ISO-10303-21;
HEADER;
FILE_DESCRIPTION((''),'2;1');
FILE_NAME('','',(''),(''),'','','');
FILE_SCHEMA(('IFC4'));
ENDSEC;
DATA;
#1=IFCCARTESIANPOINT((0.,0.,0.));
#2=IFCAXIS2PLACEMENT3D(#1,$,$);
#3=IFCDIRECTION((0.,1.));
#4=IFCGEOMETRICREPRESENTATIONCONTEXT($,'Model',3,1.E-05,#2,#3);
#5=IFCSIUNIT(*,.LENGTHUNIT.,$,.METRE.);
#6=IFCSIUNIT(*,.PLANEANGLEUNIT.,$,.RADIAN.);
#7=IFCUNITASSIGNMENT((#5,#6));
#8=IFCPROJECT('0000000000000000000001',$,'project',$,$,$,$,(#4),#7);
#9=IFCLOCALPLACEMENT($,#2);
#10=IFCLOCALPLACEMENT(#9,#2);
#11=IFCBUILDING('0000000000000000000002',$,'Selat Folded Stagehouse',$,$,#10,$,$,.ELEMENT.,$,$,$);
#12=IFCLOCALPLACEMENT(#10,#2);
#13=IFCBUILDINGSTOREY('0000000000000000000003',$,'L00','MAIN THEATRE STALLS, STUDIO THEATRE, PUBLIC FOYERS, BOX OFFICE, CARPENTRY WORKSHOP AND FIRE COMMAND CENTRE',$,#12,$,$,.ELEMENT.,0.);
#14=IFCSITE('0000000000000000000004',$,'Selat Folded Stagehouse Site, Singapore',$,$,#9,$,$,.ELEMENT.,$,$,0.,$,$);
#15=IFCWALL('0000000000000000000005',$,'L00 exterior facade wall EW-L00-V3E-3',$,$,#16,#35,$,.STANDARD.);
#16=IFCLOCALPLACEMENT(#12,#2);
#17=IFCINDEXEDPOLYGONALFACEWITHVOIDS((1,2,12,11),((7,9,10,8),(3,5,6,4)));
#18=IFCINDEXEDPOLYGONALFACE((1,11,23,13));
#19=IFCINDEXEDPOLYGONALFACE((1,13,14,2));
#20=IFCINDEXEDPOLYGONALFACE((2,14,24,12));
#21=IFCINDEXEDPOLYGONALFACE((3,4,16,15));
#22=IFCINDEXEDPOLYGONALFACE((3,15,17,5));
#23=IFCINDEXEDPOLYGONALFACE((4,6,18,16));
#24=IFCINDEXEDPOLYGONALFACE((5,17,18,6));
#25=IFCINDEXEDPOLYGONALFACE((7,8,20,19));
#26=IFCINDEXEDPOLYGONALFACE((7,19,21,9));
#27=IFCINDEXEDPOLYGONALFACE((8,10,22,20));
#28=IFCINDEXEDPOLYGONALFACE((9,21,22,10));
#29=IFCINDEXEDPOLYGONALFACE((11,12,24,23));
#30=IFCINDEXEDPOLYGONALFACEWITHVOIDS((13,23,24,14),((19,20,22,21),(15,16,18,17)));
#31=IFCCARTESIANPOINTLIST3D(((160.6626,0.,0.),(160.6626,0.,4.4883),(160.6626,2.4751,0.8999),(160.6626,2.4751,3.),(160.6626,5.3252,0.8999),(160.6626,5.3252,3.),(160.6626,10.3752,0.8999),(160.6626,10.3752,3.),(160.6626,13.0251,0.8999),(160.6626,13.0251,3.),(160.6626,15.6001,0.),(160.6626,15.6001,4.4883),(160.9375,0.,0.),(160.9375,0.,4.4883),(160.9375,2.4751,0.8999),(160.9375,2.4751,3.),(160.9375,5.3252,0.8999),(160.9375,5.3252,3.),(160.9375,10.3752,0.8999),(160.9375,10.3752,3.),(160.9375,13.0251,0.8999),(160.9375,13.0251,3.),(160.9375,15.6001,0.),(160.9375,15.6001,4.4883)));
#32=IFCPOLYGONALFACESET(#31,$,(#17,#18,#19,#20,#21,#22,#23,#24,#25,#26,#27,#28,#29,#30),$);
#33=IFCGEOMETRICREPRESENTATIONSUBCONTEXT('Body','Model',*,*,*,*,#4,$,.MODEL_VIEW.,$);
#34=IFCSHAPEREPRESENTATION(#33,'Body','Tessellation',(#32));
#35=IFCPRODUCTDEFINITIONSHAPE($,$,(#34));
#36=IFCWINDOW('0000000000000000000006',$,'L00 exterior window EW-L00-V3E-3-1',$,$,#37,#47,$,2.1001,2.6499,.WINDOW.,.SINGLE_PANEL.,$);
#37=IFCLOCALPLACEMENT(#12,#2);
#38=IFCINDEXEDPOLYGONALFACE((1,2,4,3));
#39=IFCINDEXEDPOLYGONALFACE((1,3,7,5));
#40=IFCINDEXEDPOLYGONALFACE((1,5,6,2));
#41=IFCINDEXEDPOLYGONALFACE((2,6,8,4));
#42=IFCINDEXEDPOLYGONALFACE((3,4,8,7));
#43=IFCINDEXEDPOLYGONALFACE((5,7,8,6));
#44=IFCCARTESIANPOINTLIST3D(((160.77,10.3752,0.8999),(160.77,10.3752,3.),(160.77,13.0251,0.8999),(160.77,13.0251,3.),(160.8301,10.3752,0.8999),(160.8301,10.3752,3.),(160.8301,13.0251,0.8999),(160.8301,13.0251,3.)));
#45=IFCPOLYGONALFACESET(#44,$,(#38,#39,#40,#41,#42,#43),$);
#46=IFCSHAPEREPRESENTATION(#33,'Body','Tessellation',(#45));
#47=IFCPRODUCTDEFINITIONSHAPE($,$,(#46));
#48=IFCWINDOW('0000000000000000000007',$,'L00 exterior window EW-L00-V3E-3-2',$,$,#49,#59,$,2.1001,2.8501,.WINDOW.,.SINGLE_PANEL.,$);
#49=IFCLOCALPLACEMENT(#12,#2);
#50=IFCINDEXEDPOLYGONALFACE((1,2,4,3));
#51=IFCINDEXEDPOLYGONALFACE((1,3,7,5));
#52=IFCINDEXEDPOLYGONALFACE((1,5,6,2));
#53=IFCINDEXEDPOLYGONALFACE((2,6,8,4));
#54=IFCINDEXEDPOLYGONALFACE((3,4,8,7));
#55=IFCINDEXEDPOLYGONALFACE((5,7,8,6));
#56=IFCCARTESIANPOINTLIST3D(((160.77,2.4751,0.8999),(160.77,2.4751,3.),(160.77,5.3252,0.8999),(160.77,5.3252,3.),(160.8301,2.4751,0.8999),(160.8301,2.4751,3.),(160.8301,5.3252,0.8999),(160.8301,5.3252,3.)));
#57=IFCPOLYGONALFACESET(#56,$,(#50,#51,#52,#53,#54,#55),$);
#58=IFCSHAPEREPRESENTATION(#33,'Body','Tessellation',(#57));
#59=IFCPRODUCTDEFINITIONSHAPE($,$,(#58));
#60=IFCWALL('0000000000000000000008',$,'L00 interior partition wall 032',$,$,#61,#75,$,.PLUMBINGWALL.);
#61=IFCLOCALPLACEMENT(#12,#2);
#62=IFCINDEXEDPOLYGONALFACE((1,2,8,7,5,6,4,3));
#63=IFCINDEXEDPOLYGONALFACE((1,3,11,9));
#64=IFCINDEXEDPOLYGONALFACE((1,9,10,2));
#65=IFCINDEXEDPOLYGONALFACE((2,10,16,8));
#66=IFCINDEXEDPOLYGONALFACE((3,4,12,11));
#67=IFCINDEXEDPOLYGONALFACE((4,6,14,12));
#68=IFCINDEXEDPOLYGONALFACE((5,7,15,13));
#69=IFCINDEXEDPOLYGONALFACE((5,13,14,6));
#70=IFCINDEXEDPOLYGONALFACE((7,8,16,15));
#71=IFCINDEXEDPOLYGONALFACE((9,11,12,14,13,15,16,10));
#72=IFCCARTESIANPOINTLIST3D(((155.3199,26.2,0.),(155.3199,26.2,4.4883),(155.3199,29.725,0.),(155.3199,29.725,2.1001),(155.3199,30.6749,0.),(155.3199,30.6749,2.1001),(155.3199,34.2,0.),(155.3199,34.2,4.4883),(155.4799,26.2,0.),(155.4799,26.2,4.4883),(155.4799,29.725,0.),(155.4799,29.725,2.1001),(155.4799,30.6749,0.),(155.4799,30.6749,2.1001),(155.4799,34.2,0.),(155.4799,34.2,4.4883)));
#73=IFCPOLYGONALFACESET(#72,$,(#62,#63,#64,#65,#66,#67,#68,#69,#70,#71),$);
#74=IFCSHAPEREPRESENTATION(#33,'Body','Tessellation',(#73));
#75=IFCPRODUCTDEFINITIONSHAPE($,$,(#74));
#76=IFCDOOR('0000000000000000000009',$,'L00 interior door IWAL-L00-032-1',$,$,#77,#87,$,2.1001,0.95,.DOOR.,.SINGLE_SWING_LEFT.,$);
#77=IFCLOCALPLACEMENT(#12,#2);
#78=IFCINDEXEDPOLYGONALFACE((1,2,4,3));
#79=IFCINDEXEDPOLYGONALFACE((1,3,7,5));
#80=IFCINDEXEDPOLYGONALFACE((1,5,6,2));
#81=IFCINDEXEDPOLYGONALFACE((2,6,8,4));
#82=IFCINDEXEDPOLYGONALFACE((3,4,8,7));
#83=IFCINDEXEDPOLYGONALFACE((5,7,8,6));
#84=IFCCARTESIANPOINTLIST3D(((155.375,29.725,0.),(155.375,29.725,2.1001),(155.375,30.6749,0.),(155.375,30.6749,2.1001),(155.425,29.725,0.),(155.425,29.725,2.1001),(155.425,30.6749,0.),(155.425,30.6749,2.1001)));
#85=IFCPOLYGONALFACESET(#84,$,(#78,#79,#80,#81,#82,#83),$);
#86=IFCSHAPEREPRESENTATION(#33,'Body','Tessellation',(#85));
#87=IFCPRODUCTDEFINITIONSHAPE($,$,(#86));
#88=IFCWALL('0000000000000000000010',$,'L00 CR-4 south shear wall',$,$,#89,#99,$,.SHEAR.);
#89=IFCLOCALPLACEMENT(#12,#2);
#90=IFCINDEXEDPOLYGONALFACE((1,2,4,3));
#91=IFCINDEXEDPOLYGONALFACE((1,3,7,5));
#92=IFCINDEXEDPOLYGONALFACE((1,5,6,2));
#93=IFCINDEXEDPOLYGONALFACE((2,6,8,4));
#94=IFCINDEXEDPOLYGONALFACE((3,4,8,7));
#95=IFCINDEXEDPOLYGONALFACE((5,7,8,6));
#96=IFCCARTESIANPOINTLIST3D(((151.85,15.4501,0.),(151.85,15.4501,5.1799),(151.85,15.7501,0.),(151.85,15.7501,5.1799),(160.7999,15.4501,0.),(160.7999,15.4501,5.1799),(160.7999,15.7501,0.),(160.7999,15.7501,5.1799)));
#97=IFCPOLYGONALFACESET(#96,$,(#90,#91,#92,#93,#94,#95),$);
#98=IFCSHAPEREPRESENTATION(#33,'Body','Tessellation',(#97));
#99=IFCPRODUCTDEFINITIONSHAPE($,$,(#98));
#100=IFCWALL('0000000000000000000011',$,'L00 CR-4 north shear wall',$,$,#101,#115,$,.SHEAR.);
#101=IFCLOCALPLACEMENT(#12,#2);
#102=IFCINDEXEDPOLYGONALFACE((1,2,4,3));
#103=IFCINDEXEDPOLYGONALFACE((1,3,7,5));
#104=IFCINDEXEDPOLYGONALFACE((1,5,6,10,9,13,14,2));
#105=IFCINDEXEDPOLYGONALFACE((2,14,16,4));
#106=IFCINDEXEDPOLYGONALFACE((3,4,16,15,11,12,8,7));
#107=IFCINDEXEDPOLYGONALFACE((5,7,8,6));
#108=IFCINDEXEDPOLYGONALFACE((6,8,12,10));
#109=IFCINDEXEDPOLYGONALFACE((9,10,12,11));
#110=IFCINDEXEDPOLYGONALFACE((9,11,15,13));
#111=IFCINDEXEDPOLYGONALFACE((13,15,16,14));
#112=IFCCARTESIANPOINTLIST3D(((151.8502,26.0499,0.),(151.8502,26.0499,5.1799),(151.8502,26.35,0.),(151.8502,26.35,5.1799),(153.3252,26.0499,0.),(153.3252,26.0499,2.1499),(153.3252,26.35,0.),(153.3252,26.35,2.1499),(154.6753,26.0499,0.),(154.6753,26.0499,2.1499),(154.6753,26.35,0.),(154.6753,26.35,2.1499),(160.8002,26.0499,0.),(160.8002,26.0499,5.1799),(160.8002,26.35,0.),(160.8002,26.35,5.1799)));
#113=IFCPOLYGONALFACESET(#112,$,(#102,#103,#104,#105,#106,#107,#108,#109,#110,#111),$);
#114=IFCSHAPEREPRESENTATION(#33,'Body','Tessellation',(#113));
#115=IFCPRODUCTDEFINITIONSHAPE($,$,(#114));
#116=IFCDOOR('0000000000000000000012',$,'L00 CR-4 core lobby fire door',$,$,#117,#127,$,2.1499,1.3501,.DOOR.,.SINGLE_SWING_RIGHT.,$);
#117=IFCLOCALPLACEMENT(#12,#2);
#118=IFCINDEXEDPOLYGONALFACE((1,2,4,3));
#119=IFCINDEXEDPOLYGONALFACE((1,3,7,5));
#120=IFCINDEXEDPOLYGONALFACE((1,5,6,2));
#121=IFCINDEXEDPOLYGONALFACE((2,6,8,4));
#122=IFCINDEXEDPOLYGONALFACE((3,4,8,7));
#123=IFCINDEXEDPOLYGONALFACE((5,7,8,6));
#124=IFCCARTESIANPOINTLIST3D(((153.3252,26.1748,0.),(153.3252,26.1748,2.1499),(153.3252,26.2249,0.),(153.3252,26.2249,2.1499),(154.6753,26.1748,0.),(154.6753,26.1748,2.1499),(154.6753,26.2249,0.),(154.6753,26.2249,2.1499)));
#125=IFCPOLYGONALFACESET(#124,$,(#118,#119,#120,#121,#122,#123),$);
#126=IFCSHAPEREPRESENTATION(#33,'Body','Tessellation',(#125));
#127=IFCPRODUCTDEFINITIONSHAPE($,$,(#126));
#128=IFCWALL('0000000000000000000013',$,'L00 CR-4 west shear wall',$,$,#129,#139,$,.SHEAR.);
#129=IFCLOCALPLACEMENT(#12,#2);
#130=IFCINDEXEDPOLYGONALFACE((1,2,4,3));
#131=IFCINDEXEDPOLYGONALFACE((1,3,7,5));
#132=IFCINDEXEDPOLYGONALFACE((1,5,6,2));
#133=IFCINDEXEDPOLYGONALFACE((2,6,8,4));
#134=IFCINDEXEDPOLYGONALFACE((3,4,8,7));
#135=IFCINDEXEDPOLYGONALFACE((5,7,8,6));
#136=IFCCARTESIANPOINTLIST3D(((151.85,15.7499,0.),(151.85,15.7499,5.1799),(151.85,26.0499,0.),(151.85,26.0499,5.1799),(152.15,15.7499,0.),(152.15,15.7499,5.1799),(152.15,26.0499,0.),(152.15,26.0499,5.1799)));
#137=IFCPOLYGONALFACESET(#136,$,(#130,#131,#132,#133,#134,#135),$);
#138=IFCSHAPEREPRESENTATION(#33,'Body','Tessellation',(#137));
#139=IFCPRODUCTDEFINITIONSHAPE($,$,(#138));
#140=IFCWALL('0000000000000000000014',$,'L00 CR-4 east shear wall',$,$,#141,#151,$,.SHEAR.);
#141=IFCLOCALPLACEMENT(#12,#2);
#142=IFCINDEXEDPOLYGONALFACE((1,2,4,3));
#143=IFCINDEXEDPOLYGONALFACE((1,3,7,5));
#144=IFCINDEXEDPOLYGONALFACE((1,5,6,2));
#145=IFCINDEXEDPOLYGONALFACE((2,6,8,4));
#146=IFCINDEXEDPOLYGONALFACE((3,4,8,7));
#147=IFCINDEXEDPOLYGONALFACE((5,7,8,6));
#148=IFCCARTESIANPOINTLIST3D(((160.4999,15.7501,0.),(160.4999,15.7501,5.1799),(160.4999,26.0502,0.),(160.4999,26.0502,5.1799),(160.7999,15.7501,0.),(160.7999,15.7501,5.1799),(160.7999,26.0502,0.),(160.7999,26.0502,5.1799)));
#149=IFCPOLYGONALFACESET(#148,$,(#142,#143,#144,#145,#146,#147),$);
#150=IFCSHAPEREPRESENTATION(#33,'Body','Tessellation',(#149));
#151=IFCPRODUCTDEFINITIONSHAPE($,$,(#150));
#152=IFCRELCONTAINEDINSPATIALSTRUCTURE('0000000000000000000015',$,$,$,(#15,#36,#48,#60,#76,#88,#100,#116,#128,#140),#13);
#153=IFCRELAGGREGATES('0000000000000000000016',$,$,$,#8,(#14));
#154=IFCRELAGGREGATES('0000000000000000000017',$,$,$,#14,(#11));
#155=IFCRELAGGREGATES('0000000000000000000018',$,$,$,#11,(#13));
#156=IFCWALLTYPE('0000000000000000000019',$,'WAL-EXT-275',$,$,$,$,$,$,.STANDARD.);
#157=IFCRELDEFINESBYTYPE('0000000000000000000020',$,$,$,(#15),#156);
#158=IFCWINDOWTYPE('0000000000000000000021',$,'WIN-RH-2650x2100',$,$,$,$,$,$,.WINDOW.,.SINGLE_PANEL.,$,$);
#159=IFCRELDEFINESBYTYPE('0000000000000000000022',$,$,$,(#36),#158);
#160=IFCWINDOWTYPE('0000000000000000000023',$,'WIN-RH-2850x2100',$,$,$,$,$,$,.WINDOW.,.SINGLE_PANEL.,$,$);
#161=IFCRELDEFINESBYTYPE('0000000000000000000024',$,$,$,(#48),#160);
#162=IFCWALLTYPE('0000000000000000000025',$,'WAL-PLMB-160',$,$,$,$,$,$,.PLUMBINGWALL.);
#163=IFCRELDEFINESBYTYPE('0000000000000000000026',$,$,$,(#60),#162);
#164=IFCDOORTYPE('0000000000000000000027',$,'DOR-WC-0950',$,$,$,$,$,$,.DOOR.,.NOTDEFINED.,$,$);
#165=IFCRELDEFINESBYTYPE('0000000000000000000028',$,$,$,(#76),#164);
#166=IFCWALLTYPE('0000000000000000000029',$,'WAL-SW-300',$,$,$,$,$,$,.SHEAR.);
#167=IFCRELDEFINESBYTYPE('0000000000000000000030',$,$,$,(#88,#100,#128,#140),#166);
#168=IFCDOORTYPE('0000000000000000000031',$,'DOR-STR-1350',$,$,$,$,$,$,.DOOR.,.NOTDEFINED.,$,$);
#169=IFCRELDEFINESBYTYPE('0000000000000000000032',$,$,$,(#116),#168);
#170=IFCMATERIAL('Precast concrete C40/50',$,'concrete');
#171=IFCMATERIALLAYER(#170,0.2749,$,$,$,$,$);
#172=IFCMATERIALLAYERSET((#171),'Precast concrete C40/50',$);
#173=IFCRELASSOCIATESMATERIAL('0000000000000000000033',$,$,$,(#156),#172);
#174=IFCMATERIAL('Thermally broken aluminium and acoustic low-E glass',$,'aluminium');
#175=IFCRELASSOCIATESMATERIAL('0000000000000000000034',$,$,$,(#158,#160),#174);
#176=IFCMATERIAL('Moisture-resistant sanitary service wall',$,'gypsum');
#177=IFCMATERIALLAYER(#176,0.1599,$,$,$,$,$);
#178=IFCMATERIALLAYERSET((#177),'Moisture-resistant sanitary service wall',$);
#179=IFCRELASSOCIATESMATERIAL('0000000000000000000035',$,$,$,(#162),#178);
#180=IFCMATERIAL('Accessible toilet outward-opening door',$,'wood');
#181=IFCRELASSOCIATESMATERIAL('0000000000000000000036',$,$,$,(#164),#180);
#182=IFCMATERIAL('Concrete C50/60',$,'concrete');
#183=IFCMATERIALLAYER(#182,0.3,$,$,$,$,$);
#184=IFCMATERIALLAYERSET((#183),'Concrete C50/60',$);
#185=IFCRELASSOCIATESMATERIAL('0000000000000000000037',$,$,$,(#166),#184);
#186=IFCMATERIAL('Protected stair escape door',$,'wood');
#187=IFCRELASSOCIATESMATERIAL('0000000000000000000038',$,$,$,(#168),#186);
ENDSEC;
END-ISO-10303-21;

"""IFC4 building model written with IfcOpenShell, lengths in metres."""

from ifc_helpers import new_model, si_unit, direction, frame, frame_2d, origin, place, context, subcontext, project, spatial, rectangle, extrude, material, layer, layer_set, type_object, element, fill, save


model = new_model("IFC4")

# Units and contexts
model_context = context("Model", 3, precision=1e-05, world=origin(), true_north=direction((0.0, 1.0)))
body_context = subcontext(model_context, "Body", "Model", "MODEL_VIEW")
ifc_project = project(units=[si_unit("LENGTHUNIT", "METRE"), si_unit("PLANEANGLEUNIT", "RADIAN")], contexts=[model_context])

# Site, building, storey
site_placement = place(None, origin())
site = spatial("IfcSite", under=ifc_project, at=site_placement, Name="Selat Folded Stagehouse Site, Singapore", CompositionType="ELEMENT", RefElevation=0.0)
building_placement = place(site_placement, origin())
building = spatial("IfcBuilding", under=site, at=building_placement, Name="Selat Folded Stagehouse", CompositionType="ELEMENT")
storey_placement = place(building_placement, origin())
storey = spatial("IfcBuildingStorey", under=building, at=storey_placement, Name="L00", Description="MAIN THEATRE STALLS, STUDIO THEATRE, PUBLIC FOYERS, BOX OFFICE, CARPENTRY WORKSHOP AND FIRE COMMAND CENTRE", CompositionType="ELEMENT", Elevation=0.0)

# Shared definitions
ifc_material_1 = material(Name="Concrete C50/60", Category="concrete")

# Wall, openings, windows
ifc_material_2 = material(Name="Precast concrete C40/50", Category="concrete")
ifc_layer_1 = layer(ifc_material_2, 0.2749)
ifc_layer_set_1 = layer_set([ifc_layer_1], Name="Precast concrete C40/50")
wall_type_1 = type_object("IfcWallType", Name="WAL-EXT-275", PredefinedType="STANDARD", material=ifc_layer_set_1)
wall_1_placement = place(storey_placement, frame((160.8, 15.6001, 0.0), z_axis=(0.0, 0.0, 1.0), x_axis=(0.0, -1.0, 0.0)))
wall_1 = element("IfcWall", 1, at=wall_1_placement, inside=storey, type_object=wall_type_1, Name="L00 exterior facade wall EW-L00-V3E-3", PredefinedType="STANDARD", context=body_context, shape_type="SweptSolid", body=[
    extrude(rectangle(XDim=15.6001, YDim=0.2749, at=frame_2d((7.8, 0.0))), origin(), (0.0, 0.0, 1.0), 4.4883),
])
opening_1_placement = place(wall_1_placement, frame((2.575, 0.0, 0.8999)))
opening_1 = element("IfcOpeningElement", 2, at=opening_1_placement, cuts=wall_1, PredefinedType="OPENING", context=body_context, shape_type="SweptSolid", body=[
    extrude(rectangle(XDim=2.6499, YDim=2.1001, at=frame_2d((1.325, 1.05))), frame((0.0, 0.1475, 0.0), z_axis=(0.0, -1.0, 0.0), x_axis=(1.0, 0.0, 0.0)), (0.0, 0.0, 1.0), 0.2949),
])
opening_2_placement = place(wall_1_placement, frame((10.2749, 0.0, 0.8999)))
opening_2 = element("IfcOpeningElement", 3, at=opening_2_placement, cuts=wall_1, PredefinedType="OPENING", context=body_context, shape_type="SweptSolid", body=[
    extrude(rectangle(XDim=2.8501, YDim=2.1001, at=frame_2d((1.425, 1.05))), frame((0.0, 0.1475, 0.0), z_axis=(0.0, -1.0, 0.0), x_axis=(1.0, 0.0, 0.0)), (0.0, 0.0, 1.0), 0.2949),
])
ifc_material_3 = material(Name="Thermally broken aluminium and acoustic low-E glass", Category="aluminium")
window_type_1 = type_object("IfcWindowType", Name="WIN-RH-2650x2100", PartitioningType="SINGLE_PANEL", PredefinedType="WINDOW", material=ifc_material_3)
window_1_placement = place(opening_1_placement, origin())
window_1 = element("IfcWindow", 4, at=window_1_placement, inside=storey, type_object=window_type_1, Name="L00 exterior window EW-L00-V3E-3-1", OverallHeight=2.1001, OverallWidth=2.6499, PartitioningType="SINGLE_PANEL", PredefinedType="WINDOW", context=body_context, shape_type="SweptSolid", body=[
    extrude(rectangle(XDim=2.6499, YDim=2.1001, at=frame_2d((1.325, 1.05))), frame((0.0, 0.03, 0.0), z_axis=(0.0, -1.0, 0.0), x_axis=(1.0, 0.0, 0.0)), (0.0, 0.0, 1.0), 0.0601),
])
fill(opening_1, window_1)
window_type_2 = type_object("IfcWindowType", Name="WIN-RH-2850x2100", PartitioningType="SINGLE_PANEL", PredefinedType="WINDOW", material=ifc_material_3)
window_2_placement = place(opening_2_placement, origin())
window_2 = element("IfcWindow", 5, at=window_2_placement, inside=storey, type_object=window_type_2, Name="L00 exterior window EW-L00-V3E-3-2", OverallHeight=2.1001, OverallWidth=2.8501, PartitioningType="SINGLE_PANEL", PredefinedType="WINDOW", context=body_context, shape_type="SweptSolid", body=[
    extrude(rectangle(XDim=2.8501, YDim=2.1001, at=frame_2d((1.425, 1.05))), frame((0.0, 0.03, 0.0), z_axis=(0.0, -1.0, 0.0), x_axis=(1.0, 0.0, 0.0)), (0.0, 0.0, 1.0), 0.0601),
])
fill(opening_2, window_2)

# Wall, opening, door
ifc_material_4 = material(Name="Moisture-resistant sanitary service wall", Category="gypsum")
ifc_layer_2 = layer(ifc_material_4, 0.1599)
ifc_layer_set_2 = layer_set([ifc_layer_2], Name="Moisture-resistant sanitary service wall")
wall_type_2 = type_object("IfcWallType", Name="WAL-PLMB-160", PredefinedType="PLUMBINGWALL", material=ifc_layer_set_2)
wall_2_placement = place(storey_placement, frame((155.3999, 26.2, 0.0), z_axis=(0.0, 0.0, 1.0), x_axis=(0.0, 1.0, 0.0)))
wall_2 = element("IfcWall", 6, at=wall_2_placement, inside=storey, type_object=wall_type_2, Name="L00 interior partition wall 032", PredefinedType="PLUMBINGWALL", context=body_context, shape_type="SweptSolid", body=[
    extrude(rectangle(XDim=8.0, YDim=0.1599, at=frame_2d((4.0, 0.0))), origin(), (0.0, 0.0, 1.0), 4.4883),
])
opening_3_placement = place(wall_2_placement, frame((3.5249, 0.0, 0.0)))
opening_3 = element("IfcOpeningElement", 7, at=opening_3_placement, cuts=wall_2, PredefinedType="OPENING", context=body_context, shape_type="SweptSolid", body=[
    extrude(rectangle(XDim=0.95, YDim=2.1001, at=frame_2d((0.4751, 1.05))), frame((0.0, 0.0898, 0.0), z_axis=(0.0, -1.0, 0.0), x_axis=(1.0, 0.0, 0.0)), (0.0, 0.0, 1.0), 0.1799),
])
ifc_material_5 = material(Name="Accessible toilet outward-opening door", Category="wood")
door_type_1 = type_object("IfcDoorType", Name="DOR-WC-0950", OperationType="NOTDEFINED", PredefinedType="DOOR", material=ifc_material_5)
door_1_placement = place(opening_3_placement, origin())
door_1 = element("IfcDoor", 8, at=door_1_placement, inside=storey, type_object=door_type_1, Name="L00 interior door IWAL-L00-032-1", OperationType="SINGLE_SWING_LEFT", OverallHeight=2.1001, OverallWidth=0.95, PredefinedType="DOOR", context=body_context, shape_type="SweptSolid", body=[
    extrude(rectangle(XDim=0.95, YDim=2.1001, at=frame_2d((0.4751, 1.05))), frame((0.0, 0.0249, 0.0), z_axis=(0.0, -1.0, 0.0), x_axis=(1.0, 0.0, 0.0)), (0.0, 0.0, 1.0), 0.05),
])
fill(opening_3, door_1)

# Wall
ifc_layer_3 = layer(ifc_material_1, 0.3)
ifc_layer_set_3 = layer_set([ifc_layer_3], Name="Concrete C50/60")
wall_type_3 = type_object("IfcWallType", Name="WAL-SW-300", PredefinedType="SHEAR", material=ifc_layer_set_3)
wall_3_placement = place(storey_placement, frame((160.8, 15.6001, 0.0), z_axis=(0.0, 0.0, 1.0), x_axis=(-1.0, 0.0, 0.0)))
element("IfcWall", 9, at=wall_3_placement, inside=storey, type_object=wall_type_3, Name="L00 CR-4 south shear wall", PredefinedType="SHEAR", context=body_context, shape_type="SweptSolid", body=[
    extrude(rectangle(XDim=8.95, YDim=0.3, at=frame_2d((4.4751, 0.0))), origin(), (0.0, 0.0, 1.0), 5.1799),
])

# Wall, opening, door
wall_4_placement = place(storey_placement, frame((151.8501, 26.2, 0.0), z_axis=(0.0, 0.0, 1.0), x_axis=(1.0, 0.0, 0.0)))
wall_4 = element("IfcWall", 10, at=wall_4_placement, inside=storey, type_object=wall_type_3, Name="L00 CR-4 north shear wall", PredefinedType="SHEAR", context=body_context, shape_type="SweptSolid", body=[
    extrude(rectangle(XDim=8.95, YDim=0.3, at=frame_2d((4.4751, 0.0))), origin(), (0.0, 0.0, 1.0), 5.1799),
])
opening_4_placement = place(wall_4_placement, frame((1.4751, 0.0, 0.0)))
opening_4 = element("IfcOpeningElement", 11, at=opening_4_placement, cuts=wall_4, PredefinedType="OPENING", context=body_context, shape_type="SweptSolid", body=[
    extrude(rectangle(XDim=1.3501, YDim=2.1499, at=frame_2d((0.675, 1.075))), frame((0.0, 0.1599, 0.0), z_axis=(0.0, -1.0, 0.0), x_axis=(1.0, 0.0, 0.0)), (0.0, 0.0, 1.0), 0.3201),
])
ifc_material_6 = material(Name="Protected stair escape door", Category="wood")
door_type_2 = type_object("IfcDoorType", Name="DOR-STR-1350", OperationType="NOTDEFINED", PredefinedType="DOOR", material=ifc_material_6)
door_2_placement = place(opening_4_placement, origin())
door_2 = element("IfcDoor", 12, at=door_2_placement, inside=storey, type_object=door_type_2, Name="L00 CR-4 core lobby fire door", OperationType="SINGLE_SWING_RIGHT", OverallHeight=2.1499, OverallWidth=1.3501, PredefinedType="DOOR", context=body_context, shape_type="SweptSolid", body=[
    extrude(rectangle(XDim=1.3501, YDim=2.1499, at=frame_2d((0.675, 1.075))), frame((0.0, 0.0249, 0.0), z_axis=(0.0, -1.0, 0.0), x_axis=(1.0, 0.0, 0.0)), (0.0, 0.0, 1.0), 0.05),
])
fill(opening_4, door_2)

# Walls
for number, where, z_axis, x_axis, name in (
    (13, (152.0, 15.75, 0.0), (0.0, 0.0, 1.0), (0.0, 1.0, 0.0), "L00 CR-4 west shear wall"),
    (14, (160.6499, 26.05, 0.0), (0.0, 0.0, 1.0), (0.0, -1.0, 0.0), "L00 CR-4 east shear wall"),
):
    element("IfcWall", number, at=place(storey_placement, frame(where, z_axis=z_axis, x_axis=x_axis)), inside=storey, type_object=wall_type_3, Name=name, PredefinedType="SHEAR", context=body_context, shape_type="SweptSolid", body=[
        extrude(rectangle(XDim=10.3, YDim=0.3, at=frame_2d((5.1499, 0.0))), origin(), (0.0, 0.0, 1.0), 5.1799),
    ])

save(model, "model.ifc")
